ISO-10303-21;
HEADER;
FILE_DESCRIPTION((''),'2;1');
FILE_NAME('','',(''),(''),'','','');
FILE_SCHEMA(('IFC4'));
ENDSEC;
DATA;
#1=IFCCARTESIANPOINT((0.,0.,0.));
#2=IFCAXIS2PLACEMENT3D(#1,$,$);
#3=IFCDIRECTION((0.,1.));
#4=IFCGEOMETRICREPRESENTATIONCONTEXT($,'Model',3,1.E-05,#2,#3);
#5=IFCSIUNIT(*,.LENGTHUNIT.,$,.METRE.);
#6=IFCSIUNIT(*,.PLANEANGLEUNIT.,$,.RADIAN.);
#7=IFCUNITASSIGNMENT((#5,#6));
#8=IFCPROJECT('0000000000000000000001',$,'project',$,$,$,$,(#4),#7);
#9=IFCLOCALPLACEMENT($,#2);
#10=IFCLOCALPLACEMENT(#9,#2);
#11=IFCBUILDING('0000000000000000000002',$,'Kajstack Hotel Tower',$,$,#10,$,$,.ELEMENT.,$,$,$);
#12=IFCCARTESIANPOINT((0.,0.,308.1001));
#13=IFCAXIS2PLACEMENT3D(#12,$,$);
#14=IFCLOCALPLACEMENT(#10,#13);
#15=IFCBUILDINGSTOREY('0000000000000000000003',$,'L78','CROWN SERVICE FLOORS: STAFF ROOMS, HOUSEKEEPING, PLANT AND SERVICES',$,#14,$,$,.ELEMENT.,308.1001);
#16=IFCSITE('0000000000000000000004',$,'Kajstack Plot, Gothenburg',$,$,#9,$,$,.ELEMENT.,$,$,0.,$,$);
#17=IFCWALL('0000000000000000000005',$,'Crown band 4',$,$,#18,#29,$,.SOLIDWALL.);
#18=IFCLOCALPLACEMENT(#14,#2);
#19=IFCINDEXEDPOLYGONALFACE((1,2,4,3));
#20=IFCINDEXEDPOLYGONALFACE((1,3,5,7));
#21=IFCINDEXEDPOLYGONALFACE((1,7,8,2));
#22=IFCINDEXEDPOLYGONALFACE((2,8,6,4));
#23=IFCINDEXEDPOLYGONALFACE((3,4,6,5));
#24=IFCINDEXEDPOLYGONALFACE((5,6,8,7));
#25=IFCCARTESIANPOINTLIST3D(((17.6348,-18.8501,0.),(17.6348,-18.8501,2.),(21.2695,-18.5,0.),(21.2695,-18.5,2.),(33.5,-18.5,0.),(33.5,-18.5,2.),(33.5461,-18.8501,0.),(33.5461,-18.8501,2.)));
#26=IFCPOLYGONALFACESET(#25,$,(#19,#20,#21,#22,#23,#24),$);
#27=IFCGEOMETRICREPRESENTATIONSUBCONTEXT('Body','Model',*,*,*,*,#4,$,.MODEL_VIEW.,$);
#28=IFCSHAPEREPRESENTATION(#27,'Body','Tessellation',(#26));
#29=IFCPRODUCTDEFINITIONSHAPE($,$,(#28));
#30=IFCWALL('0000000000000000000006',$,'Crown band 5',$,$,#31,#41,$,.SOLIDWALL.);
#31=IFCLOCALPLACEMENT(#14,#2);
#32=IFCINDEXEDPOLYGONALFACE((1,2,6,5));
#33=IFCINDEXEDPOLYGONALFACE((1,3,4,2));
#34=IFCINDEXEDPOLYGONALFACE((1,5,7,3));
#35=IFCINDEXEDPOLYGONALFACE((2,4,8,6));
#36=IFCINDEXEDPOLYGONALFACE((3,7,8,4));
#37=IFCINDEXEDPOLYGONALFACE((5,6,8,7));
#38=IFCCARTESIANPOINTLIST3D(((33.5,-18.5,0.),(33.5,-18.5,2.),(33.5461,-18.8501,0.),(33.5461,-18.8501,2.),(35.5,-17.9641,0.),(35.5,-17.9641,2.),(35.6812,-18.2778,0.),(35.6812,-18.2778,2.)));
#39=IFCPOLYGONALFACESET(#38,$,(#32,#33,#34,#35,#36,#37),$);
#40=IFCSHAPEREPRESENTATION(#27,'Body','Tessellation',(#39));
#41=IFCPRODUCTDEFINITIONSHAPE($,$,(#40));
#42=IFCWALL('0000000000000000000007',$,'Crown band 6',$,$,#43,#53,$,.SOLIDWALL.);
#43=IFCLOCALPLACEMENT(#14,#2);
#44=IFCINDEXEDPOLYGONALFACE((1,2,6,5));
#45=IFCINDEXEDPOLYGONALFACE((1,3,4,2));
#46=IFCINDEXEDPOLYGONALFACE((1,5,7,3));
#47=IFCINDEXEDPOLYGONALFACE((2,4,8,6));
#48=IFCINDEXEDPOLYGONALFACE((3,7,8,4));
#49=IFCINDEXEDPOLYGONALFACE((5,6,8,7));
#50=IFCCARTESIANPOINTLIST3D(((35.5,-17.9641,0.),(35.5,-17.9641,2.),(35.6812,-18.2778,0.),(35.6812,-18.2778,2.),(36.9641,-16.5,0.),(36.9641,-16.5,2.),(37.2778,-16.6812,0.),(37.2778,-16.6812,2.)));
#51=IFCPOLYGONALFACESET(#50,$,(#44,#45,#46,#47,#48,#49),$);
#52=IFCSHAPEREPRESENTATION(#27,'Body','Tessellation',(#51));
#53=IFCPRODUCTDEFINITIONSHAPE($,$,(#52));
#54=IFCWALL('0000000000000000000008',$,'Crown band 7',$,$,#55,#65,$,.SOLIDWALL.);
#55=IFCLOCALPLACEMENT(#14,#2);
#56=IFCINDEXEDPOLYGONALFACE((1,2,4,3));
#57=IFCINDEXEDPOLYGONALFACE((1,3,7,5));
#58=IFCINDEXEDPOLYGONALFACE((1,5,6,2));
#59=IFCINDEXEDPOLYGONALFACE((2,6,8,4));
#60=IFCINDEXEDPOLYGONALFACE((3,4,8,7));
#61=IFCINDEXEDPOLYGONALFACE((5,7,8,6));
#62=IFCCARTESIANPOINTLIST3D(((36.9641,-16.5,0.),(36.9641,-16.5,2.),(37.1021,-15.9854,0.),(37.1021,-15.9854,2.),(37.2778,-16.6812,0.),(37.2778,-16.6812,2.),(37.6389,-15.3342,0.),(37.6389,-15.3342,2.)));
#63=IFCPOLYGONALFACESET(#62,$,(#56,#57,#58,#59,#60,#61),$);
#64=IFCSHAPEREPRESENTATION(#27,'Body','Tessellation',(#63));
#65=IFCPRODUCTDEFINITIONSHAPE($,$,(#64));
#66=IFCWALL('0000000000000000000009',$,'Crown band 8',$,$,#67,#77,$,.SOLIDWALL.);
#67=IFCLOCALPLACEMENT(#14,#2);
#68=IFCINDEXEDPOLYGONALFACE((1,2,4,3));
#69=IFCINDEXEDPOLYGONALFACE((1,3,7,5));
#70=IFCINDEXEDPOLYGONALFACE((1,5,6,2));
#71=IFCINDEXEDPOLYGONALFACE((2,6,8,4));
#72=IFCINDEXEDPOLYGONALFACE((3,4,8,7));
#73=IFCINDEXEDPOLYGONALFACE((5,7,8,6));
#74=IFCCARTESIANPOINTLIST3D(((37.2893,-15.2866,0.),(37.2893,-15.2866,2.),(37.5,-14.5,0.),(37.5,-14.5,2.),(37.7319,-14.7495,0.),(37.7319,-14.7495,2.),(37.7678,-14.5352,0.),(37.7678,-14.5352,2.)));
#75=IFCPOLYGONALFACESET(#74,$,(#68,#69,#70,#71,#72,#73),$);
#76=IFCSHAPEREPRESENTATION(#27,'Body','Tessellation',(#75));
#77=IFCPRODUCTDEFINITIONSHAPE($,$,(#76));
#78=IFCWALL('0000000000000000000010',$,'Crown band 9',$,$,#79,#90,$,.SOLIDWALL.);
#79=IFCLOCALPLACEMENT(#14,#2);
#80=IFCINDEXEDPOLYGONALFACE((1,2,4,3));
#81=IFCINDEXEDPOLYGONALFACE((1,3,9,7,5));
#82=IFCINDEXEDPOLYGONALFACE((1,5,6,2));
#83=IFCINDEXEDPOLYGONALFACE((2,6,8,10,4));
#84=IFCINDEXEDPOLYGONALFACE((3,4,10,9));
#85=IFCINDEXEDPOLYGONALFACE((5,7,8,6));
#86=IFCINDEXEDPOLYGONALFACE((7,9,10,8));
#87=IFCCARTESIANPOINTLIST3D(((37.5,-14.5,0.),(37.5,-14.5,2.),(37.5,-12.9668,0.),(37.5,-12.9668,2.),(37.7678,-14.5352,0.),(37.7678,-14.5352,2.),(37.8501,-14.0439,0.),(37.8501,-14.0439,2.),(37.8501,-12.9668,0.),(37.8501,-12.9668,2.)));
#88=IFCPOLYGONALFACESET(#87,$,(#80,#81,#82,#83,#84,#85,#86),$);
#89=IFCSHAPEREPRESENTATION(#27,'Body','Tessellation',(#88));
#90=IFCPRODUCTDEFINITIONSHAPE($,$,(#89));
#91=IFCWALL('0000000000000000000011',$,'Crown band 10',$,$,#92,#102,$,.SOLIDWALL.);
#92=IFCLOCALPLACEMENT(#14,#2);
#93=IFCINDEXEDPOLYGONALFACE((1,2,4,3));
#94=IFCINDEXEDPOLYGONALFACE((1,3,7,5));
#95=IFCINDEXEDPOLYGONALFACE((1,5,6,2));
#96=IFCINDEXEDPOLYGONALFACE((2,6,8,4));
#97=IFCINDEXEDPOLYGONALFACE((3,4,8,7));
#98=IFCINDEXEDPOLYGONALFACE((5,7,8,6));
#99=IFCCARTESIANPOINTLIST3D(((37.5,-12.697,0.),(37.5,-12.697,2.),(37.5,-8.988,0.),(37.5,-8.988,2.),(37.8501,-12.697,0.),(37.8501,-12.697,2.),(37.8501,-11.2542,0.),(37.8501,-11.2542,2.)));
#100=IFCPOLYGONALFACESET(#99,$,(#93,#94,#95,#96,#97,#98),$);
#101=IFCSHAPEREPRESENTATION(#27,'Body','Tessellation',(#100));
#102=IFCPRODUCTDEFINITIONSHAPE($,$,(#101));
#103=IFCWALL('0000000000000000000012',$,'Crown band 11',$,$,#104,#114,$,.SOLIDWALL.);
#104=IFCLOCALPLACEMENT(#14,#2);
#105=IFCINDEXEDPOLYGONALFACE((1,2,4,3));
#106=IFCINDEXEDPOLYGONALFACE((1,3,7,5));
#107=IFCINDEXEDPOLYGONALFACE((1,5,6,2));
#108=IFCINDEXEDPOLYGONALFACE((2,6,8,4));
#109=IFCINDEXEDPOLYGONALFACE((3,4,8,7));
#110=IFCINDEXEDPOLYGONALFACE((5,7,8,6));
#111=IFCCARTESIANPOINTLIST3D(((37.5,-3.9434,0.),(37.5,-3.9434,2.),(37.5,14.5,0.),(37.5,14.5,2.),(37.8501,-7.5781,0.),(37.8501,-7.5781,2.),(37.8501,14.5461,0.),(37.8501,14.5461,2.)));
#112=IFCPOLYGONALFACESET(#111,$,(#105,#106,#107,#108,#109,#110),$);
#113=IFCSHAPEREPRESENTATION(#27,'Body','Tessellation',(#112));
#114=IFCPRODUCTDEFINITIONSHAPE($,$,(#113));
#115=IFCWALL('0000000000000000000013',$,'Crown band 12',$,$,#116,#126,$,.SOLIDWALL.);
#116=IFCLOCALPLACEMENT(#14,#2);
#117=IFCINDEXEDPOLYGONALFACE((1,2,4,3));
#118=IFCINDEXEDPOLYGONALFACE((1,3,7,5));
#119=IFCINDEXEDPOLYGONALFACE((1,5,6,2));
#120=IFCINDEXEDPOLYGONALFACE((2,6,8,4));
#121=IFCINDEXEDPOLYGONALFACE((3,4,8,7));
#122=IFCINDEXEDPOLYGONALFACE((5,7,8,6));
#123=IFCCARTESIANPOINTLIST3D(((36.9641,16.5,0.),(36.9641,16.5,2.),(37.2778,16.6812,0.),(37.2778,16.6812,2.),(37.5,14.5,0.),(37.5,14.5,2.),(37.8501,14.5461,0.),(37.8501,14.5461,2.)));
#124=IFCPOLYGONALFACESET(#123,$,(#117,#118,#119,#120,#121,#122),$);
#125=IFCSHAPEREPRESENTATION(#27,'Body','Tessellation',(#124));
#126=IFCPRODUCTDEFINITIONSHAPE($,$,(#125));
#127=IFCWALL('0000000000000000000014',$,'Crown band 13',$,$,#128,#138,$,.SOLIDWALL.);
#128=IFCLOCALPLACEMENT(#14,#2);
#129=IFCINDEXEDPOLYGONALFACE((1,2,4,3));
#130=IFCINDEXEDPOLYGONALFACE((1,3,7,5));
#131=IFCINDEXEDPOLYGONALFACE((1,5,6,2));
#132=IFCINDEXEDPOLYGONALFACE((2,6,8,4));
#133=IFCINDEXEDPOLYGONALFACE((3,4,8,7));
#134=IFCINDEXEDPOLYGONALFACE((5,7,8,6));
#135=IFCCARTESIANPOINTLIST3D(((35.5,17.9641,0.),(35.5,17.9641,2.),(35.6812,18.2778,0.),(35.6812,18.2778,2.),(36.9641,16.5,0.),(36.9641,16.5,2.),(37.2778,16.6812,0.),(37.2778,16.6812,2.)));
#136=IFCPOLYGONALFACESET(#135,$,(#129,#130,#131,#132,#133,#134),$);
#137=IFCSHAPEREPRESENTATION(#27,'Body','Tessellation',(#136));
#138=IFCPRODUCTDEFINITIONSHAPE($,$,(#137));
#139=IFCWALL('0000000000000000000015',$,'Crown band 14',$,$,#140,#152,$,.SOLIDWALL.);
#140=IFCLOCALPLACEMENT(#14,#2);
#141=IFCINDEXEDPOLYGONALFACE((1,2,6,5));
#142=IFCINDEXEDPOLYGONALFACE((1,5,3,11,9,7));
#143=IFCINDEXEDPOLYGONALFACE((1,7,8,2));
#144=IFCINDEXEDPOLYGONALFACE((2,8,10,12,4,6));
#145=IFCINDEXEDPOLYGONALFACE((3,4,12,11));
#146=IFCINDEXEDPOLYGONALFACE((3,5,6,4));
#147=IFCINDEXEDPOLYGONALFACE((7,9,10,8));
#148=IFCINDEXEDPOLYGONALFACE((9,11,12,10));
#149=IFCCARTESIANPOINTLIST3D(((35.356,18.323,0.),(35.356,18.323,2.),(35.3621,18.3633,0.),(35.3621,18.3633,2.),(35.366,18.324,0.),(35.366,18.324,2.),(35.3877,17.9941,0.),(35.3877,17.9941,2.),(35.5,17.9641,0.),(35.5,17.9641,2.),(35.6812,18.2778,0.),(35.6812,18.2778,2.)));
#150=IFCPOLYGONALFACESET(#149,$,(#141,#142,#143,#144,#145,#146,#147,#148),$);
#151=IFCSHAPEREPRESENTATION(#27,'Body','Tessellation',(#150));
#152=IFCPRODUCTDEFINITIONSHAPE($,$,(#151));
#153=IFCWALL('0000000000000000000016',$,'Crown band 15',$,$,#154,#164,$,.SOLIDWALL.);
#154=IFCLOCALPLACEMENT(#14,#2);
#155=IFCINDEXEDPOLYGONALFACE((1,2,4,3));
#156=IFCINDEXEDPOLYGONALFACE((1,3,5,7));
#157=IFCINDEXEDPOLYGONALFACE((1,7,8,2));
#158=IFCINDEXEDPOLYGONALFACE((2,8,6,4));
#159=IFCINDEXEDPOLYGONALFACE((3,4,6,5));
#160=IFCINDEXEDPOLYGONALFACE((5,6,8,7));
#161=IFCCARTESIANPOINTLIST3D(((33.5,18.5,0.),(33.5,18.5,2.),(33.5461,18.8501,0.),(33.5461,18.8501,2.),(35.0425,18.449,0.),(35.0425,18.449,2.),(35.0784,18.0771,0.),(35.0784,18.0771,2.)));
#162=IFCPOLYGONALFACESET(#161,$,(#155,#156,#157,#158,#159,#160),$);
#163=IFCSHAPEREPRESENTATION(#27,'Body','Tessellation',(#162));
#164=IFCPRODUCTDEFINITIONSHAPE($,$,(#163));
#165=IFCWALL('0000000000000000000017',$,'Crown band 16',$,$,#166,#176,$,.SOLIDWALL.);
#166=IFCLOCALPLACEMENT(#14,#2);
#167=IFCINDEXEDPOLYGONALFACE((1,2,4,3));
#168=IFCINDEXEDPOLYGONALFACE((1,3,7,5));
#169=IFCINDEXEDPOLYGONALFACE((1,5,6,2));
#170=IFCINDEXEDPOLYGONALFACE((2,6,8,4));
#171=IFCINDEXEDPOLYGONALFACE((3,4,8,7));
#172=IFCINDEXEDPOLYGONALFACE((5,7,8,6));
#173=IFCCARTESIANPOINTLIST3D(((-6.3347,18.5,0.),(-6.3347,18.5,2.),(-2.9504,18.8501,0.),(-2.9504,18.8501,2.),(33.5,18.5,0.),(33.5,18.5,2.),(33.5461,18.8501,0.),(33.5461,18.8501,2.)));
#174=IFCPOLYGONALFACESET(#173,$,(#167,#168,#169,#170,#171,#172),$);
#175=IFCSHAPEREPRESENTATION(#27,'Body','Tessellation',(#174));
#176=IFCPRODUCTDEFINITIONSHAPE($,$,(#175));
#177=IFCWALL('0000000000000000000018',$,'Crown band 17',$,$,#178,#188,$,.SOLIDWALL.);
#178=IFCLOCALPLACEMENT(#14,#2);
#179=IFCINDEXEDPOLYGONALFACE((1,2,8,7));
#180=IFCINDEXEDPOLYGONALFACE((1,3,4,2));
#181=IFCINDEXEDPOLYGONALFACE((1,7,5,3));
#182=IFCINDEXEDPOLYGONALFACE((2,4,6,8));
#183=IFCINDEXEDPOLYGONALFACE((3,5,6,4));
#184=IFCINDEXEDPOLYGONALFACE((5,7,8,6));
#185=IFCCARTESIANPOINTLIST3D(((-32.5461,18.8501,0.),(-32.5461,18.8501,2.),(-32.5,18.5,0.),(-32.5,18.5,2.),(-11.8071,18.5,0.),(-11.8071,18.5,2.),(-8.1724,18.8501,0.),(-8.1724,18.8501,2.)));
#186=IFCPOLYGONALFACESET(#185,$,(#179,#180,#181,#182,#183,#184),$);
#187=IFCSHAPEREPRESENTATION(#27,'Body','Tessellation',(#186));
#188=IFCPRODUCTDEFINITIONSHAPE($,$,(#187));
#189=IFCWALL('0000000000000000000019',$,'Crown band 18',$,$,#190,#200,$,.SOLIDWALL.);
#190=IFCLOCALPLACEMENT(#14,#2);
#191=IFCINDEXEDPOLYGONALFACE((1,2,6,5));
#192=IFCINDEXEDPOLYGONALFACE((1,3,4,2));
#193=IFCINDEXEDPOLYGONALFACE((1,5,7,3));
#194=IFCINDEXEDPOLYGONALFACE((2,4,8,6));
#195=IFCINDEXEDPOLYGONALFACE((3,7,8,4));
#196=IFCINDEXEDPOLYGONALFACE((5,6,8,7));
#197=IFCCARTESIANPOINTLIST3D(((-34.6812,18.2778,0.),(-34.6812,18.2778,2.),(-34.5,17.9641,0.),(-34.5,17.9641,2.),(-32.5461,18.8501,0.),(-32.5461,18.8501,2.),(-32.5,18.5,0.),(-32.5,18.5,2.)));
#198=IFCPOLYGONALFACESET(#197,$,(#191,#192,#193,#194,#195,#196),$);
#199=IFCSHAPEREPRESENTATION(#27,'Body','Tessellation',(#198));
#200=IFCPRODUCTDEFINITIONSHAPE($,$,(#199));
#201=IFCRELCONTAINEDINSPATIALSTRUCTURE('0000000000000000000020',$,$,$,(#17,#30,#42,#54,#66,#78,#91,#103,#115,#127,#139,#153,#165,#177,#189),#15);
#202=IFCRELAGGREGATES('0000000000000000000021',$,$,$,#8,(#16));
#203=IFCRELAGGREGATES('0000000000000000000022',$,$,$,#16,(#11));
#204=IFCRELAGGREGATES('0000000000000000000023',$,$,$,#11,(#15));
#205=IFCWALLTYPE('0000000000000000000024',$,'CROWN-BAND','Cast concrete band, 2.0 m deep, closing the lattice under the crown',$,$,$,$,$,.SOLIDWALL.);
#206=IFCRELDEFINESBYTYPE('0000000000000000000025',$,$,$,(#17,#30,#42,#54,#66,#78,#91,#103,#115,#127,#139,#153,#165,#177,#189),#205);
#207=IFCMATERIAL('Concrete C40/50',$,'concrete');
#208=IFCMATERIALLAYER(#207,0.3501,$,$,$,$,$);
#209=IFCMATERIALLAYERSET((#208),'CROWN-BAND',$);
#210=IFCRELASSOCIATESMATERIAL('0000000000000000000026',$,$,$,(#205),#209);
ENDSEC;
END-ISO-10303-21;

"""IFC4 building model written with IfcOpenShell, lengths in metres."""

from ifc_helpers import new_model, si_unit, direction, frame, origin, place, context, subcontext, project, spatial, polyline, outline, extrude, material, layer, layer_set, type_object, element, save


model = new_model("IFC4")

# Units and contexts
model_context = context("Model", 3, precision=1e-05, world=origin(), true_north=direction((0.0, 1.0)))
body_context = subcontext(model_context, "Body", "Model", "MODEL_VIEW")
ifc_project = project(units=[si_unit("LENGTHUNIT", "METRE"), si_unit("PLANEANGLEUNIT", "RADIAN")], contexts=[model_context])

# Site, building, storey
site_placement = place(None, origin())
site = spatial("IfcSite", under=ifc_project, at=site_placement, Name="Kajstack Plot, Gothenburg", CompositionType="ELEMENT", RefElevation=0.0)
building_placement = place(site_placement, origin())
building = spatial("IfcBuilding", under=site, at=building_placement, Name="Kajstack Hotel Tower", CompositionType="ELEMENT")
storey_placement = place(building_placement, frame((0.0, 0.0, 308.1001)))
storey = spatial("IfcBuildingStorey", under=building, at=storey_placement, Name="L78", Description="CROWN SERVICE FLOORS: STAFF ROOMS, HOUSEKEEPING, PLANT AND SERVICES", CompositionType="ELEMENT", Elevation=308.1001)

# Shared definitions
ifc_material_1 = material(Name="Concrete C40/50", Category="concrete")

# Walls
ifc_layer_1 = layer(ifc_material_1, 0.3501)
ifc_layer_set_1 = layer_set([ifc_layer_1], Name="CROWN-BAND")
wall_type = type_object("IfcWallType", Name="CROWN-BAND", Description="Cast concrete band, 2.0 m deep, closing the lattice under the crown", PredefinedType="SOLIDWALL", material=ifc_layer_set_1)
wall_1_placement = place(storey_placement, origin())
element("IfcWall", 1, at=wall_1_placement, inside=storey, type_object=wall_type, Name="Crown band 4", PredefinedType="SOLIDWALL", context=body_context, shape_type="SweptSolid", body=[
    extrude(outline(polyline([(21.2695, -18.5), (17.6348, -18.8501), (33.5461, -18.8501), (33.5, -18.5), (21.2695, -18.5)])), origin(), (0.0, 0.0, 1.0), 2.0),
])
wall_2_placement = place(storey_placement, origin())
element("IfcWall", 2, at=wall_2_placement, inside=storey, type_object=wall_type, Name="Crown band 5", PredefinedType="SOLIDWALL", context=body_context, shape_type="SweptSolid", body=[
    extrude(outline(polyline([(33.5, -18.5), (33.5461, -18.8501), (35.6812, -18.2778), (35.5, -17.9641), (33.5, -18.5)])), origin(), (0.0, 0.0, 1.0), 2.0),
])
wall_3_placement = place(storey_placement, origin())
element("IfcWall", 3, at=wall_3_placement, inside=storey, type_object=wall_type, Name="Crown band 6", PredefinedType="SOLIDWALL", context=body_context, shape_type="SweptSolid", body=[
    extrude(outline(polyline([(35.5, -17.9641), (35.6812, -18.2778), (37.2778, -16.6812), (36.9641, -16.5), (35.5, -17.9641)])), origin(), (0.0, 0.0, 1.0), 2.0),
])
wall_4_placement = place(storey_placement, origin())
element("IfcWall", 4, at=wall_4_placement, inside=storey, type_object=wall_type, Name="Crown band 7", PredefinedType="SOLIDWALL", context=body_context, shape_type="SweptSolid", body=[
    extrude(outline(polyline([(36.9641, -16.5), (37.2778, -16.6812), (37.6389, -15.3342), (37.1021, -15.9854), (36.9641, -16.5)])), origin(), (0.0, 0.0, 1.0), 2.0),
])
wall_5_placement = place(storey_placement, origin())
element("IfcWall", 5, at=wall_5_placement, inside=storey, type_object=wall_type, Name="Crown band 8", PredefinedType="SOLIDWALL", context=body_context, shape_type="SweptSolid", body=[
    extrude(outline(polyline([(37.2893, -15.2866), (37.7319, -14.7495), (37.7678, -14.5352), (37.5, -14.5), (37.2893, -15.2866)])), origin(), (0.0, 0.0, 1.0), 2.0),
])
wall_6_placement = place(storey_placement, origin())
element("IfcWall", 6, at=wall_6_placement, inside=storey, type_object=wall_type, Name="Crown band 9", PredefinedType="SOLIDWALL", context=body_context, shape_type="SweptSolid", body=[
    extrude(outline(polyline([(37.5, -14.5), (37.7678, -14.5352), (37.8501, -14.0439), (37.8501, -12.9668), (37.5, -12.9668), (37.5, -14.5)])), origin(), (0.0, 0.0, 1.0), 2.0),
])
wall_7_placement = place(storey_placement, origin())
element("IfcWall", 7, at=wall_7_placement, inside=storey, type_object=wall_type, Name="Crown band 10", PredefinedType="SOLIDWALL", context=body_context, shape_type="SweptSolid", body=[
    extrude(outline(polyline([(37.5, -12.697), (37.8501, -12.697), (37.8501, -11.2542), (37.5, -8.988), (37.5, -12.697)])), origin(), (0.0, 0.0, 1.0), 2.0),
])
wall_8_placement = place(storey_placement, origin())
element("IfcWall", 8, at=wall_8_placement, inside=storey, type_object=wall_type, Name="Crown band 11", PredefinedType="SOLIDWALL", context=body_context, shape_type="SweptSolid", body=[
    extrude(outline(polyline([(37.5, -3.9434), (37.8501, -7.5781), (37.8501, 14.5461), (37.5, 14.5), (37.5, -3.9434)])), origin(), (0.0, 0.0, 1.0), 2.0),
])
wall_9_placement = place(storey_placement, origin())
element("IfcWall", 9, at=wall_9_placement, inside=storey, type_object=wall_type, Name="Crown band 12", PredefinedType="SOLIDWALL", context=body_context, shape_type="SweptSolid", body=[
    extrude(outline(polyline([(37.5, 14.5), (37.8501, 14.5461), (37.2778, 16.6812), (36.9641, 16.5), (37.5, 14.5)])), origin(), (0.0, 0.0, 1.0), 2.0),
])
wall_10_placement = place(storey_placement, origin())
element("IfcWall", 10, at=wall_10_placement, inside=storey, type_object=wall_type, Name="Crown band 13", PredefinedType="SOLIDWALL", context=body_context, shape_type="SweptSolid", body=[
    extrude(outline(polyline([(36.9641, 16.5), (37.2778, 16.6812), (35.6812, 18.2778), (35.5, 17.9641), (36.9641, 16.5)])), origin(), (0.0, 0.0, 1.0), 2.0),
])
wall_11_placement = place(storey_placement, origin())
element("IfcWall", 11, at=wall_11_placement, inside=storey, type_object=wall_type, Name="Crown band 14", PredefinedType="SOLIDWALL", context=body_context, shape_type="SweptSolid", body=[
    extrude(outline(polyline([(35.5, 17.9641), (35.6812, 18.2778), (35.3621, 18.3633), (35.366, 18.324), (35.356, 18.323), (35.3877, 17.9941), (35.5, 17.9641)])), origin(), (0.0, 0.0, 1.0), 2.0),
])
wall_12_placement = place(storey_placement, origin())
element("IfcWall", 12, at=wall_12_placement, inside=storey, type_object=wall_type, Name="Crown band 15", PredefinedType="SOLIDWALL", context=body_context, shape_type="SweptSolid", body=[
    extrude(outline(polyline([(35.0784, 18.0771), (35.0425, 18.449), (33.5461, 18.8501), (33.5, 18.5), (35.0784, 18.0771)])), origin(), (0.0, 0.0, 1.0), 2.0),
])
wall_13_placement = place(storey_placement, origin())
element("IfcWall", 13, at=wall_13_placement, inside=storey, type_object=wall_type, Name="Crown band 16", PredefinedType="SOLIDWALL", context=body_context, shape_type="SweptSolid", body=[
    extrude(outline(polyline([(33.5, 18.5), (33.5461, 18.8501), (-2.9504, 18.8501), (-6.3347, 18.5), (33.5, 18.5)])), origin(), (0.0, 0.0, 1.0), 2.0),
])
wall_14_placement = place(storey_placement, origin())
element("IfcWall", 14, at=wall_14_placement, inside=storey, type_object=wall_type, Name="Crown band 17", PredefinedType="SOLIDWALL", context=body_context, shape_type="SweptSolid", body=[
    extrude(outline(polyline([(-11.8071, 18.5), (-8.1724, 18.8501), (-32.5461, 18.8501), (-32.5, 18.5), (-11.8071, 18.5)])), origin(), (0.0, 0.0, 1.0), 2.0),
])
wall_15_placement = place(storey_placement, origin())
element("IfcWall", 15, at=wall_15_placement, inside=storey, type_object=wall_type, Name="Crown band 18", PredefinedType="SOLIDWALL", context=body_context, shape_type="SweptSolid", body=[
    extrude(outline(polyline([(-32.5, 18.5), (-32.5461, 18.8501), (-34.6812, 18.2778), (-34.5, 17.9641), (-32.5, 18.5)])), origin(), (0.0, 0.0, 1.0), 2.0),
])

save(model, "model.ifc")
